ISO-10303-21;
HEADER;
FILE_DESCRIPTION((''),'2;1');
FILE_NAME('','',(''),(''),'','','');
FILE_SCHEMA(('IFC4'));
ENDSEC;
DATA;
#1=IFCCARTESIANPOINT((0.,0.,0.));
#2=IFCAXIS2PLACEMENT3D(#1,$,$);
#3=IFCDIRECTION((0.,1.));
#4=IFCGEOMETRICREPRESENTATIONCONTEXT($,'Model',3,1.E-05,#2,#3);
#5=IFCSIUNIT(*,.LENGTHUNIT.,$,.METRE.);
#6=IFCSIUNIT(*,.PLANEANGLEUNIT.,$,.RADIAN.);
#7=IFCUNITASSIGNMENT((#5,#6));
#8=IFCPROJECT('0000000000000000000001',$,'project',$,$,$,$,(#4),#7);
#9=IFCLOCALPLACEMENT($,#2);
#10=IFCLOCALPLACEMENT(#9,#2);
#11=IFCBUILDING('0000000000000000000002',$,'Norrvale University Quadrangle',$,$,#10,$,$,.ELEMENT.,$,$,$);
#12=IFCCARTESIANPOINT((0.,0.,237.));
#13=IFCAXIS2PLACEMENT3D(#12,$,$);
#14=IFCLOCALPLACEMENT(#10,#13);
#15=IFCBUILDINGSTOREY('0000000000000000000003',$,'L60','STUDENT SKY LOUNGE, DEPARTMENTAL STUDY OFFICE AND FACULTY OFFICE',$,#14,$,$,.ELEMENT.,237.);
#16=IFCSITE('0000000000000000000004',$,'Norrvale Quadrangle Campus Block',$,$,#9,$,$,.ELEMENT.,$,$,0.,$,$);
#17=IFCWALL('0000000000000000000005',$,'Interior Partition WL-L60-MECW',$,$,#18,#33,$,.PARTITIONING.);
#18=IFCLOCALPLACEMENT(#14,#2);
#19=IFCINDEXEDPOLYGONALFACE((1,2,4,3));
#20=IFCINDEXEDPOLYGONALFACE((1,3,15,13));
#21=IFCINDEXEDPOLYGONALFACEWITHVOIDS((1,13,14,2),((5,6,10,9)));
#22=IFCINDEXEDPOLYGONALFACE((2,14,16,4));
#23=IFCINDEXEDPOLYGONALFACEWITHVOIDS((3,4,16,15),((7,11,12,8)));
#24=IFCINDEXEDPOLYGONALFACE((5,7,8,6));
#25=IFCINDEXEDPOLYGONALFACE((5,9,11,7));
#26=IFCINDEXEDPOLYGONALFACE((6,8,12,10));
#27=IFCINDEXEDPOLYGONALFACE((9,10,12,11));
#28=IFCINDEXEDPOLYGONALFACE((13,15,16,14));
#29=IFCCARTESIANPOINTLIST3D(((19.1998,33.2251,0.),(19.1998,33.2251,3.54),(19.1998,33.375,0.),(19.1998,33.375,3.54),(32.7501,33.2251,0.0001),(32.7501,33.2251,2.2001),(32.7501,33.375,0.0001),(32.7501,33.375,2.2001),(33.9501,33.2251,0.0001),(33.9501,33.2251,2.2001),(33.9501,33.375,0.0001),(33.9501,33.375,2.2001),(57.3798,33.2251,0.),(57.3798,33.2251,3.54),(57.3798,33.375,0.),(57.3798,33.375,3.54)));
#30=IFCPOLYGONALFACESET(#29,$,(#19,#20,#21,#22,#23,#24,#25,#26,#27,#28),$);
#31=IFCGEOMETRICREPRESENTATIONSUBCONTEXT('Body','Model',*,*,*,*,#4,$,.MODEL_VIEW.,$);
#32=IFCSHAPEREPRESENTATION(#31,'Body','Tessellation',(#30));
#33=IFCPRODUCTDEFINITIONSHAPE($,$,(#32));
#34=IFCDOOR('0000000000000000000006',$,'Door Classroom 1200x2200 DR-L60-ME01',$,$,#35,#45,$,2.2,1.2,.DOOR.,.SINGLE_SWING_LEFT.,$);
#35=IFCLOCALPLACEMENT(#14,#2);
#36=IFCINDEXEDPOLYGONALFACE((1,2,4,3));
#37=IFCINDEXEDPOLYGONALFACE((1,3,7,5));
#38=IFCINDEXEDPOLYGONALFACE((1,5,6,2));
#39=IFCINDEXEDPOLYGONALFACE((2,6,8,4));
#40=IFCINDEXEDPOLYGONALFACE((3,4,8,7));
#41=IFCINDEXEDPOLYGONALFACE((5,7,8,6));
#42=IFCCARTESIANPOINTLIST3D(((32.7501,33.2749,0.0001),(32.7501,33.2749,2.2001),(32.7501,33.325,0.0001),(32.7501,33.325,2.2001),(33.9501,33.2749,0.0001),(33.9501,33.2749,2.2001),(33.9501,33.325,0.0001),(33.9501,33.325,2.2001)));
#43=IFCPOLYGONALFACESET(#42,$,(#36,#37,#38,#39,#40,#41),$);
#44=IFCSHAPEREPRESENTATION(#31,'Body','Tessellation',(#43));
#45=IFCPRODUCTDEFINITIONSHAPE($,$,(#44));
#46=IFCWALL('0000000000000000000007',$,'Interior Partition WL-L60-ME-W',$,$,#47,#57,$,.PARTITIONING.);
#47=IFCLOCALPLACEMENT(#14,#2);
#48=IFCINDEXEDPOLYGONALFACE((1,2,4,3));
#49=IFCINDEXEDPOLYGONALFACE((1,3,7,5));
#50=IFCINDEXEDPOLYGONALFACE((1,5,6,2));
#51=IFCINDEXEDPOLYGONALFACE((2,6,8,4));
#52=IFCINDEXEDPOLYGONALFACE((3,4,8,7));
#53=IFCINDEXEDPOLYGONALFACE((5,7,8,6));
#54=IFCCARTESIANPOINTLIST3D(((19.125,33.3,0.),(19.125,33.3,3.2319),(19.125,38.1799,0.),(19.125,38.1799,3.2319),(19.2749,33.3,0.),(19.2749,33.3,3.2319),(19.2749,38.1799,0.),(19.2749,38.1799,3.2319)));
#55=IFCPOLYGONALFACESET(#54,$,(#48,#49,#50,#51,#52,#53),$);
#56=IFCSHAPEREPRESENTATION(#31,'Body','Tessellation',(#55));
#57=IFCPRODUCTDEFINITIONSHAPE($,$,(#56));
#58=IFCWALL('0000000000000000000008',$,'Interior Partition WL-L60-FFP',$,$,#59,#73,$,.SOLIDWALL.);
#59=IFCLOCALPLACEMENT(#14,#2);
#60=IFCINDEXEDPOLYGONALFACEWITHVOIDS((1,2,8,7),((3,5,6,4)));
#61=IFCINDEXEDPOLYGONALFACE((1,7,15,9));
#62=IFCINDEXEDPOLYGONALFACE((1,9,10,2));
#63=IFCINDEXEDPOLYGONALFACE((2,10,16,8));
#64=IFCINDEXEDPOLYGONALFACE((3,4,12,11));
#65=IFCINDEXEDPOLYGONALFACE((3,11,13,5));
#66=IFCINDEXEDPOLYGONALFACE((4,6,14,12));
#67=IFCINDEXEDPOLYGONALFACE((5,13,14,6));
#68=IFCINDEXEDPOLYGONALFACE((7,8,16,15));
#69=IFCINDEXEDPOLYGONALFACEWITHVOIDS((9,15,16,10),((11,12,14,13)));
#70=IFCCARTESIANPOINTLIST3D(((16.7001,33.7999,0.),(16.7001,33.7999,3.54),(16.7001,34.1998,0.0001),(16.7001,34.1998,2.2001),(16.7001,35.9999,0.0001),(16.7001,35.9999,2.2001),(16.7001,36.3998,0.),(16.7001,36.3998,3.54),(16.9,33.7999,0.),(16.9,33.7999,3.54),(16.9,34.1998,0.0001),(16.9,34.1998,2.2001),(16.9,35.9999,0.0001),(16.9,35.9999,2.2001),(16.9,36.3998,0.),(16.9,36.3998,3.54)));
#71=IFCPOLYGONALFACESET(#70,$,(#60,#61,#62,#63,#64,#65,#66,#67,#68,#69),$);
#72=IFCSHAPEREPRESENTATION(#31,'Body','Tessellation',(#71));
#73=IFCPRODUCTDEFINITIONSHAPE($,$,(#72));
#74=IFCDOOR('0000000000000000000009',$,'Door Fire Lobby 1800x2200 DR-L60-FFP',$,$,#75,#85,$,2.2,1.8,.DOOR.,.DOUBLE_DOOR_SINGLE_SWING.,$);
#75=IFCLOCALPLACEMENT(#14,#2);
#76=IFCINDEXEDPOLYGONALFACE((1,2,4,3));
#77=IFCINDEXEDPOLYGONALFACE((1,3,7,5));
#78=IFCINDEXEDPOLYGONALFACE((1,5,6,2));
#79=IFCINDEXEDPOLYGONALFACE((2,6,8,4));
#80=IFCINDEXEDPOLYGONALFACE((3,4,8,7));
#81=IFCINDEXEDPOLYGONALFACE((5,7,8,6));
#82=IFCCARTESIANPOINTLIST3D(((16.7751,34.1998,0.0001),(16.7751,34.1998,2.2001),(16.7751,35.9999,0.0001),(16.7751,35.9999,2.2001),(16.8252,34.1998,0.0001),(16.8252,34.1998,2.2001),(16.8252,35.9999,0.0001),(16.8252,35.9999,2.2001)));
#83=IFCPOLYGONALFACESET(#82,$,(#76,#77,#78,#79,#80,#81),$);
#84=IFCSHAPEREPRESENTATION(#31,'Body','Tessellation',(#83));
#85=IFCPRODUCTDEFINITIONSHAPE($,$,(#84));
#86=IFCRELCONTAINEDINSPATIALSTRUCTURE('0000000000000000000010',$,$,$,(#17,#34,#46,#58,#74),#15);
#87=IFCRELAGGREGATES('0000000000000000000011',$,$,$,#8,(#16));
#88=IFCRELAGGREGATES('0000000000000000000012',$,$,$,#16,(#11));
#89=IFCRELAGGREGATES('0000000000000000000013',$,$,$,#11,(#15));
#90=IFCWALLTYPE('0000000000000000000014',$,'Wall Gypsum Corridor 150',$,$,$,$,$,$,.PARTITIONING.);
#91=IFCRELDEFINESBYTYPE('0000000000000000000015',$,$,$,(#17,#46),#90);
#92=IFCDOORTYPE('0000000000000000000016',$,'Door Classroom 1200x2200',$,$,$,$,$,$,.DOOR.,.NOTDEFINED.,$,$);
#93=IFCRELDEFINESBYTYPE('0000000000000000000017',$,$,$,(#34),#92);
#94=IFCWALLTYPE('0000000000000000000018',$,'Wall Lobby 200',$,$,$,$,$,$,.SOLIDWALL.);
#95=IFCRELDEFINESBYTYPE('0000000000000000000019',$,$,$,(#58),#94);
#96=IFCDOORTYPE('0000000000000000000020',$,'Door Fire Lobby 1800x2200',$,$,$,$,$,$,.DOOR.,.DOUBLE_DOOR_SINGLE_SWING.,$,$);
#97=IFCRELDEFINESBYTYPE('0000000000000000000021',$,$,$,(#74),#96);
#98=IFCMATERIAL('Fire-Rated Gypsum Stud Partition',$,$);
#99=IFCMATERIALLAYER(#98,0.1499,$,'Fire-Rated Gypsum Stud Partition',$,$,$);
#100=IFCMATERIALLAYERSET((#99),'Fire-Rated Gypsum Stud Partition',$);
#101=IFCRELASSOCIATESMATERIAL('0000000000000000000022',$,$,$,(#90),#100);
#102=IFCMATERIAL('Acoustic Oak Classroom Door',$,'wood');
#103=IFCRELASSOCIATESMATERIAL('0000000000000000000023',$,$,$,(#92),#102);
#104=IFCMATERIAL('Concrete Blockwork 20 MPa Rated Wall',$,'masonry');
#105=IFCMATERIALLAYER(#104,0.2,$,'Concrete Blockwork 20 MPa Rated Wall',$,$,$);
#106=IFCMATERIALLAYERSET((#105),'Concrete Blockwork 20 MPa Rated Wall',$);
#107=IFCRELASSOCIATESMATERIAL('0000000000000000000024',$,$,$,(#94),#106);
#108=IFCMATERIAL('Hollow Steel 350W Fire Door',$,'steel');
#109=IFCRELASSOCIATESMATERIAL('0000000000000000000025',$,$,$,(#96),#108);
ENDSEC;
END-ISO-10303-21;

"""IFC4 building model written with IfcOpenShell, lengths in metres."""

from ifc_helpers import new_model, si_unit, direction, frame, frame_2d, origin, place, context, subcontext, project, spatial, rectangle, extrude, material, layer, layer_set, type_object, element, fill, save


model = new_model("IFC4")

# Units and contexts
model_context = context("Model", 3, precision=1e-05, world=origin(), true_north=direction((0.0, 1.0)))
body_context = subcontext(model_context, "Body", "Model", "MODEL_VIEW")
ifc_project = project(units=[si_unit("LENGTHUNIT", "METRE"), si_unit("PLANEANGLEUNIT", "RADIAN")], contexts=[model_context])

# Site, building, storey
site_placement = place(None, origin())
site = spatial("IfcSite", under=ifc_project, at=site_placement, Name="Norrvale Quadrangle Campus Block", CompositionType="ELEMENT", RefElevation=0.0)
building_placement = place(site_placement, origin())
building = spatial("IfcBuilding", under=site, at=building_placement, Name="Norrvale University Quadrangle", CompositionType="ELEMENT")
storey_placement = place(building_placement, frame((0.0, 0.0, 237.0)))
storey = spatial("IfcBuildingStorey", under=building, at=storey_placement, Name="L60", Description="STUDENT SKY LOUNGE, DEPARTMENTAL STUDY OFFICE AND FACULTY OFFICE", CompositionType="ELEMENT", Elevation=237.0)

# Wall, opening, door
ifc_material_1 = material(Name="Fire-Rated Gypsum Stud Partition")
ifc_layer_1 = layer(ifc_material_1, 0.1499, Name="Fire-Rated Gypsum Stud Partition")
ifc_layer_set_1 = layer_set([ifc_layer_1], Name="Fire-Rated Gypsum Stud Partition")
wall_type_1 = type_object("IfcWallType", Name="Wall Gypsum Corridor 150", PredefinedType="PARTITIONING", material=ifc_layer_set_1)
ifc_material_2 = material(Name="Acoustic Oak Classroom Door", Category="wood")
door_type_1 = type_object("IfcDoorType", Name="Door Classroom 1200x2200", OperationType="NOTDEFINED", PredefinedType="DOOR", material=ifc_material_2)
wall_1_placement = place(storey_placement, frame((19.2, 33.3, 0.0), z_axis=(0.0, 0.0, 1.0), x_axis=(1.0, 0.0, 0.0)))
wall_1 = element("IfcWall", 1, at=wall_1_placement, inside=storey, type_object=wall_type_1, Name="Interior Partition WL-L60-MECW", PredefinedType="PARTITIONING", context=body_context, shape_type="SweptSolid", body=[
    extrude(rectangle(XDim=38.1799, YDim=0.1499, at=frame_2d((19.0898, 0.0))), origin(), (0.0, 0.0, 1.0), 3.54),
])
opening_1_placement = place(wall_1_placement, frame((13.55, 0.0, 0.0)))
opening_1 = element("IfcOpeningElement", 2, at=opening_1_placement, cuts=wall_1, PredefinedType="OPENING", context=body_context, shape_type="SweptSolid", body=[
    extrude(rectangle(XDim=1.2, YDim=2.2, at=frame_2d((0.6001, 1.1001))), frame((0.0, 0.0869, 0.0), z_axis=(0.0, -1.0, 0.0), x_axis=(1.0, 0.0, 0.0)), (0.0, 0.0, 1.0), 0.1738),
])
door_1_placement = place(opening_1_placement, origin())
door_1 = element("IfcDoor", 3, at=door_1_placement, inside=storey, type_object=door_type_1, Name="Door Classroom 1200x2200 DR-L60-ME01", OperationType="SINGLE_SWING_LEFT", OverallHeight=2.2, OverallWidth=1.2, PredefinedType="DOOR", context=body_context, shape_type="SweptSolid", body=[
    extrude(rectangle(XDim=1.2, YDim=2.2, at=frame_2d((0.6001, 1.1001))), frame((0.0, 0.0249, 0.0), z_axis=(0.0, -1.0, 0.0), x_axis=(1.0, 0.0, 0.0)), (0.0, 0.0, 1.0), 0.05),
])
fill(opening_1, door_1)

# Wall
wall_2_placement = place(storey_placement, frame((19.2, 33.3, 0.0), z_axis=(0.0, 0.0, 1.0), x_axis=(0.0, 1.0, 0.0)))
element("IfcWall", 4, at=wall_2_placement, inside=storey, type_object=wall_type_1, Name="Interior Partition WL-L60-ME-W", PredefinedType="PARTITIONING", context=body_context, shape_type="SweptSolid", body=[
    extrude(rectangle(XDim=4.8799, YDim=0.1499, at=frame_2d((2.4399, 0.0))), origin(), (0.0, 0.0, 1.0), 3.2319),
])

# Wall, opening, door
ifc_material_3 = material(Name="Concrete Blockwork 20 MPa Rated Wall", Category="masonry")
ifc_layer_2 = layer(ifc_material_3, 0.2, Name="Concrete Blockwork 20 MPa Rated Wall")
ifc_layer_set_2 = layer_set([ifc_layer_2], Name="Concrete Blockwork 20 MPa Rated Wall")
wall_type_2 = type_object("IfcWallType", Name="Wall Lobby 200", PredefinedType="SOLIDWALL", material=ifc_layer_set_2)
wall_3_placement = place(storey_placement, frame((16.8, 33.8, 0.0), z_axis=(0.0, 0.0, 1.0), x_axis=(0.0, 1.0, 0.0)))
wall_3 = element("IfcWall", 5, at=wall_3_placement, inside=storey, type_object=wall_type_2, Name="Interior Partition WL-L60-FFP", PredefinedType="SOLIDWALL", context=body_context, shape_type="SweptSolid", body=[
    extrude(rectangle(XDim=2.5999, YDim=0.2, at=frame_2d((1.2998, 0.0))), origin(), (0.0, 0.0, 1.0), 3.54),
])
opening_2_placement = place(wall_3_placement, frame((0.3999, 0.0, 0.0)))
opening_2 = element("IfcOpeningElement", 6, at=opening_2_placement, cuts=wall_3, PredefinedType="OPENING", context=body_context, shape_type="SweptSolid", body=[
    extrude(rectangle(XDim=1.8, YDim=2.2, at=frame_2d((0.8999, 1.1001))), frame((0.0, 0.1121, 0.0), z_axis=(0.0, -1.0, 0.0), x_axis=(1.0, 0.0, 0.0)), (0.0, 0.0, 1.0), 0.2239),
])
ifc_material_4 = material(Name="Hollow Steel 350W Fire Door", Category="steel")
door_type_2 = type_object("IfcDoorType", Name="Door Fire Lobby 1800x2200", OperationType="DOUBLE_DOOR_SINGLE_SWING", PredefinedType="DOOR", material=ifc_material_4)
door_2_placement = place(opening_2_placement, origin())
door_2 = element("IfcDoor", 7, at=door_2_placement, inside=storey, type_object=door_type_2, Name="Door Fire Lobby 1800x2200 DR-L60-FFP", OperationType="DOUBLE_DOOR_SINGLE_SWING", OverallHeight=2.2, OverallWidth=1.8, PredefinedType="DOOR", context=body_context, shape_type="SweptSolid", body=[
    extrude(rectangle(XDim=1.8, YDim=2.2, at=frame_2d((0.8999, 1.1001))), frame((0.0, 0.0249, 0.0), z_axis=(0.0, -1.0, 0.0), x_axis=(1.0, 0.0, 0.0)), (0.0, 0.0, 1.0), 0.05),
])
fill(opening_2, door_2)

save(model, "model.ifc")
